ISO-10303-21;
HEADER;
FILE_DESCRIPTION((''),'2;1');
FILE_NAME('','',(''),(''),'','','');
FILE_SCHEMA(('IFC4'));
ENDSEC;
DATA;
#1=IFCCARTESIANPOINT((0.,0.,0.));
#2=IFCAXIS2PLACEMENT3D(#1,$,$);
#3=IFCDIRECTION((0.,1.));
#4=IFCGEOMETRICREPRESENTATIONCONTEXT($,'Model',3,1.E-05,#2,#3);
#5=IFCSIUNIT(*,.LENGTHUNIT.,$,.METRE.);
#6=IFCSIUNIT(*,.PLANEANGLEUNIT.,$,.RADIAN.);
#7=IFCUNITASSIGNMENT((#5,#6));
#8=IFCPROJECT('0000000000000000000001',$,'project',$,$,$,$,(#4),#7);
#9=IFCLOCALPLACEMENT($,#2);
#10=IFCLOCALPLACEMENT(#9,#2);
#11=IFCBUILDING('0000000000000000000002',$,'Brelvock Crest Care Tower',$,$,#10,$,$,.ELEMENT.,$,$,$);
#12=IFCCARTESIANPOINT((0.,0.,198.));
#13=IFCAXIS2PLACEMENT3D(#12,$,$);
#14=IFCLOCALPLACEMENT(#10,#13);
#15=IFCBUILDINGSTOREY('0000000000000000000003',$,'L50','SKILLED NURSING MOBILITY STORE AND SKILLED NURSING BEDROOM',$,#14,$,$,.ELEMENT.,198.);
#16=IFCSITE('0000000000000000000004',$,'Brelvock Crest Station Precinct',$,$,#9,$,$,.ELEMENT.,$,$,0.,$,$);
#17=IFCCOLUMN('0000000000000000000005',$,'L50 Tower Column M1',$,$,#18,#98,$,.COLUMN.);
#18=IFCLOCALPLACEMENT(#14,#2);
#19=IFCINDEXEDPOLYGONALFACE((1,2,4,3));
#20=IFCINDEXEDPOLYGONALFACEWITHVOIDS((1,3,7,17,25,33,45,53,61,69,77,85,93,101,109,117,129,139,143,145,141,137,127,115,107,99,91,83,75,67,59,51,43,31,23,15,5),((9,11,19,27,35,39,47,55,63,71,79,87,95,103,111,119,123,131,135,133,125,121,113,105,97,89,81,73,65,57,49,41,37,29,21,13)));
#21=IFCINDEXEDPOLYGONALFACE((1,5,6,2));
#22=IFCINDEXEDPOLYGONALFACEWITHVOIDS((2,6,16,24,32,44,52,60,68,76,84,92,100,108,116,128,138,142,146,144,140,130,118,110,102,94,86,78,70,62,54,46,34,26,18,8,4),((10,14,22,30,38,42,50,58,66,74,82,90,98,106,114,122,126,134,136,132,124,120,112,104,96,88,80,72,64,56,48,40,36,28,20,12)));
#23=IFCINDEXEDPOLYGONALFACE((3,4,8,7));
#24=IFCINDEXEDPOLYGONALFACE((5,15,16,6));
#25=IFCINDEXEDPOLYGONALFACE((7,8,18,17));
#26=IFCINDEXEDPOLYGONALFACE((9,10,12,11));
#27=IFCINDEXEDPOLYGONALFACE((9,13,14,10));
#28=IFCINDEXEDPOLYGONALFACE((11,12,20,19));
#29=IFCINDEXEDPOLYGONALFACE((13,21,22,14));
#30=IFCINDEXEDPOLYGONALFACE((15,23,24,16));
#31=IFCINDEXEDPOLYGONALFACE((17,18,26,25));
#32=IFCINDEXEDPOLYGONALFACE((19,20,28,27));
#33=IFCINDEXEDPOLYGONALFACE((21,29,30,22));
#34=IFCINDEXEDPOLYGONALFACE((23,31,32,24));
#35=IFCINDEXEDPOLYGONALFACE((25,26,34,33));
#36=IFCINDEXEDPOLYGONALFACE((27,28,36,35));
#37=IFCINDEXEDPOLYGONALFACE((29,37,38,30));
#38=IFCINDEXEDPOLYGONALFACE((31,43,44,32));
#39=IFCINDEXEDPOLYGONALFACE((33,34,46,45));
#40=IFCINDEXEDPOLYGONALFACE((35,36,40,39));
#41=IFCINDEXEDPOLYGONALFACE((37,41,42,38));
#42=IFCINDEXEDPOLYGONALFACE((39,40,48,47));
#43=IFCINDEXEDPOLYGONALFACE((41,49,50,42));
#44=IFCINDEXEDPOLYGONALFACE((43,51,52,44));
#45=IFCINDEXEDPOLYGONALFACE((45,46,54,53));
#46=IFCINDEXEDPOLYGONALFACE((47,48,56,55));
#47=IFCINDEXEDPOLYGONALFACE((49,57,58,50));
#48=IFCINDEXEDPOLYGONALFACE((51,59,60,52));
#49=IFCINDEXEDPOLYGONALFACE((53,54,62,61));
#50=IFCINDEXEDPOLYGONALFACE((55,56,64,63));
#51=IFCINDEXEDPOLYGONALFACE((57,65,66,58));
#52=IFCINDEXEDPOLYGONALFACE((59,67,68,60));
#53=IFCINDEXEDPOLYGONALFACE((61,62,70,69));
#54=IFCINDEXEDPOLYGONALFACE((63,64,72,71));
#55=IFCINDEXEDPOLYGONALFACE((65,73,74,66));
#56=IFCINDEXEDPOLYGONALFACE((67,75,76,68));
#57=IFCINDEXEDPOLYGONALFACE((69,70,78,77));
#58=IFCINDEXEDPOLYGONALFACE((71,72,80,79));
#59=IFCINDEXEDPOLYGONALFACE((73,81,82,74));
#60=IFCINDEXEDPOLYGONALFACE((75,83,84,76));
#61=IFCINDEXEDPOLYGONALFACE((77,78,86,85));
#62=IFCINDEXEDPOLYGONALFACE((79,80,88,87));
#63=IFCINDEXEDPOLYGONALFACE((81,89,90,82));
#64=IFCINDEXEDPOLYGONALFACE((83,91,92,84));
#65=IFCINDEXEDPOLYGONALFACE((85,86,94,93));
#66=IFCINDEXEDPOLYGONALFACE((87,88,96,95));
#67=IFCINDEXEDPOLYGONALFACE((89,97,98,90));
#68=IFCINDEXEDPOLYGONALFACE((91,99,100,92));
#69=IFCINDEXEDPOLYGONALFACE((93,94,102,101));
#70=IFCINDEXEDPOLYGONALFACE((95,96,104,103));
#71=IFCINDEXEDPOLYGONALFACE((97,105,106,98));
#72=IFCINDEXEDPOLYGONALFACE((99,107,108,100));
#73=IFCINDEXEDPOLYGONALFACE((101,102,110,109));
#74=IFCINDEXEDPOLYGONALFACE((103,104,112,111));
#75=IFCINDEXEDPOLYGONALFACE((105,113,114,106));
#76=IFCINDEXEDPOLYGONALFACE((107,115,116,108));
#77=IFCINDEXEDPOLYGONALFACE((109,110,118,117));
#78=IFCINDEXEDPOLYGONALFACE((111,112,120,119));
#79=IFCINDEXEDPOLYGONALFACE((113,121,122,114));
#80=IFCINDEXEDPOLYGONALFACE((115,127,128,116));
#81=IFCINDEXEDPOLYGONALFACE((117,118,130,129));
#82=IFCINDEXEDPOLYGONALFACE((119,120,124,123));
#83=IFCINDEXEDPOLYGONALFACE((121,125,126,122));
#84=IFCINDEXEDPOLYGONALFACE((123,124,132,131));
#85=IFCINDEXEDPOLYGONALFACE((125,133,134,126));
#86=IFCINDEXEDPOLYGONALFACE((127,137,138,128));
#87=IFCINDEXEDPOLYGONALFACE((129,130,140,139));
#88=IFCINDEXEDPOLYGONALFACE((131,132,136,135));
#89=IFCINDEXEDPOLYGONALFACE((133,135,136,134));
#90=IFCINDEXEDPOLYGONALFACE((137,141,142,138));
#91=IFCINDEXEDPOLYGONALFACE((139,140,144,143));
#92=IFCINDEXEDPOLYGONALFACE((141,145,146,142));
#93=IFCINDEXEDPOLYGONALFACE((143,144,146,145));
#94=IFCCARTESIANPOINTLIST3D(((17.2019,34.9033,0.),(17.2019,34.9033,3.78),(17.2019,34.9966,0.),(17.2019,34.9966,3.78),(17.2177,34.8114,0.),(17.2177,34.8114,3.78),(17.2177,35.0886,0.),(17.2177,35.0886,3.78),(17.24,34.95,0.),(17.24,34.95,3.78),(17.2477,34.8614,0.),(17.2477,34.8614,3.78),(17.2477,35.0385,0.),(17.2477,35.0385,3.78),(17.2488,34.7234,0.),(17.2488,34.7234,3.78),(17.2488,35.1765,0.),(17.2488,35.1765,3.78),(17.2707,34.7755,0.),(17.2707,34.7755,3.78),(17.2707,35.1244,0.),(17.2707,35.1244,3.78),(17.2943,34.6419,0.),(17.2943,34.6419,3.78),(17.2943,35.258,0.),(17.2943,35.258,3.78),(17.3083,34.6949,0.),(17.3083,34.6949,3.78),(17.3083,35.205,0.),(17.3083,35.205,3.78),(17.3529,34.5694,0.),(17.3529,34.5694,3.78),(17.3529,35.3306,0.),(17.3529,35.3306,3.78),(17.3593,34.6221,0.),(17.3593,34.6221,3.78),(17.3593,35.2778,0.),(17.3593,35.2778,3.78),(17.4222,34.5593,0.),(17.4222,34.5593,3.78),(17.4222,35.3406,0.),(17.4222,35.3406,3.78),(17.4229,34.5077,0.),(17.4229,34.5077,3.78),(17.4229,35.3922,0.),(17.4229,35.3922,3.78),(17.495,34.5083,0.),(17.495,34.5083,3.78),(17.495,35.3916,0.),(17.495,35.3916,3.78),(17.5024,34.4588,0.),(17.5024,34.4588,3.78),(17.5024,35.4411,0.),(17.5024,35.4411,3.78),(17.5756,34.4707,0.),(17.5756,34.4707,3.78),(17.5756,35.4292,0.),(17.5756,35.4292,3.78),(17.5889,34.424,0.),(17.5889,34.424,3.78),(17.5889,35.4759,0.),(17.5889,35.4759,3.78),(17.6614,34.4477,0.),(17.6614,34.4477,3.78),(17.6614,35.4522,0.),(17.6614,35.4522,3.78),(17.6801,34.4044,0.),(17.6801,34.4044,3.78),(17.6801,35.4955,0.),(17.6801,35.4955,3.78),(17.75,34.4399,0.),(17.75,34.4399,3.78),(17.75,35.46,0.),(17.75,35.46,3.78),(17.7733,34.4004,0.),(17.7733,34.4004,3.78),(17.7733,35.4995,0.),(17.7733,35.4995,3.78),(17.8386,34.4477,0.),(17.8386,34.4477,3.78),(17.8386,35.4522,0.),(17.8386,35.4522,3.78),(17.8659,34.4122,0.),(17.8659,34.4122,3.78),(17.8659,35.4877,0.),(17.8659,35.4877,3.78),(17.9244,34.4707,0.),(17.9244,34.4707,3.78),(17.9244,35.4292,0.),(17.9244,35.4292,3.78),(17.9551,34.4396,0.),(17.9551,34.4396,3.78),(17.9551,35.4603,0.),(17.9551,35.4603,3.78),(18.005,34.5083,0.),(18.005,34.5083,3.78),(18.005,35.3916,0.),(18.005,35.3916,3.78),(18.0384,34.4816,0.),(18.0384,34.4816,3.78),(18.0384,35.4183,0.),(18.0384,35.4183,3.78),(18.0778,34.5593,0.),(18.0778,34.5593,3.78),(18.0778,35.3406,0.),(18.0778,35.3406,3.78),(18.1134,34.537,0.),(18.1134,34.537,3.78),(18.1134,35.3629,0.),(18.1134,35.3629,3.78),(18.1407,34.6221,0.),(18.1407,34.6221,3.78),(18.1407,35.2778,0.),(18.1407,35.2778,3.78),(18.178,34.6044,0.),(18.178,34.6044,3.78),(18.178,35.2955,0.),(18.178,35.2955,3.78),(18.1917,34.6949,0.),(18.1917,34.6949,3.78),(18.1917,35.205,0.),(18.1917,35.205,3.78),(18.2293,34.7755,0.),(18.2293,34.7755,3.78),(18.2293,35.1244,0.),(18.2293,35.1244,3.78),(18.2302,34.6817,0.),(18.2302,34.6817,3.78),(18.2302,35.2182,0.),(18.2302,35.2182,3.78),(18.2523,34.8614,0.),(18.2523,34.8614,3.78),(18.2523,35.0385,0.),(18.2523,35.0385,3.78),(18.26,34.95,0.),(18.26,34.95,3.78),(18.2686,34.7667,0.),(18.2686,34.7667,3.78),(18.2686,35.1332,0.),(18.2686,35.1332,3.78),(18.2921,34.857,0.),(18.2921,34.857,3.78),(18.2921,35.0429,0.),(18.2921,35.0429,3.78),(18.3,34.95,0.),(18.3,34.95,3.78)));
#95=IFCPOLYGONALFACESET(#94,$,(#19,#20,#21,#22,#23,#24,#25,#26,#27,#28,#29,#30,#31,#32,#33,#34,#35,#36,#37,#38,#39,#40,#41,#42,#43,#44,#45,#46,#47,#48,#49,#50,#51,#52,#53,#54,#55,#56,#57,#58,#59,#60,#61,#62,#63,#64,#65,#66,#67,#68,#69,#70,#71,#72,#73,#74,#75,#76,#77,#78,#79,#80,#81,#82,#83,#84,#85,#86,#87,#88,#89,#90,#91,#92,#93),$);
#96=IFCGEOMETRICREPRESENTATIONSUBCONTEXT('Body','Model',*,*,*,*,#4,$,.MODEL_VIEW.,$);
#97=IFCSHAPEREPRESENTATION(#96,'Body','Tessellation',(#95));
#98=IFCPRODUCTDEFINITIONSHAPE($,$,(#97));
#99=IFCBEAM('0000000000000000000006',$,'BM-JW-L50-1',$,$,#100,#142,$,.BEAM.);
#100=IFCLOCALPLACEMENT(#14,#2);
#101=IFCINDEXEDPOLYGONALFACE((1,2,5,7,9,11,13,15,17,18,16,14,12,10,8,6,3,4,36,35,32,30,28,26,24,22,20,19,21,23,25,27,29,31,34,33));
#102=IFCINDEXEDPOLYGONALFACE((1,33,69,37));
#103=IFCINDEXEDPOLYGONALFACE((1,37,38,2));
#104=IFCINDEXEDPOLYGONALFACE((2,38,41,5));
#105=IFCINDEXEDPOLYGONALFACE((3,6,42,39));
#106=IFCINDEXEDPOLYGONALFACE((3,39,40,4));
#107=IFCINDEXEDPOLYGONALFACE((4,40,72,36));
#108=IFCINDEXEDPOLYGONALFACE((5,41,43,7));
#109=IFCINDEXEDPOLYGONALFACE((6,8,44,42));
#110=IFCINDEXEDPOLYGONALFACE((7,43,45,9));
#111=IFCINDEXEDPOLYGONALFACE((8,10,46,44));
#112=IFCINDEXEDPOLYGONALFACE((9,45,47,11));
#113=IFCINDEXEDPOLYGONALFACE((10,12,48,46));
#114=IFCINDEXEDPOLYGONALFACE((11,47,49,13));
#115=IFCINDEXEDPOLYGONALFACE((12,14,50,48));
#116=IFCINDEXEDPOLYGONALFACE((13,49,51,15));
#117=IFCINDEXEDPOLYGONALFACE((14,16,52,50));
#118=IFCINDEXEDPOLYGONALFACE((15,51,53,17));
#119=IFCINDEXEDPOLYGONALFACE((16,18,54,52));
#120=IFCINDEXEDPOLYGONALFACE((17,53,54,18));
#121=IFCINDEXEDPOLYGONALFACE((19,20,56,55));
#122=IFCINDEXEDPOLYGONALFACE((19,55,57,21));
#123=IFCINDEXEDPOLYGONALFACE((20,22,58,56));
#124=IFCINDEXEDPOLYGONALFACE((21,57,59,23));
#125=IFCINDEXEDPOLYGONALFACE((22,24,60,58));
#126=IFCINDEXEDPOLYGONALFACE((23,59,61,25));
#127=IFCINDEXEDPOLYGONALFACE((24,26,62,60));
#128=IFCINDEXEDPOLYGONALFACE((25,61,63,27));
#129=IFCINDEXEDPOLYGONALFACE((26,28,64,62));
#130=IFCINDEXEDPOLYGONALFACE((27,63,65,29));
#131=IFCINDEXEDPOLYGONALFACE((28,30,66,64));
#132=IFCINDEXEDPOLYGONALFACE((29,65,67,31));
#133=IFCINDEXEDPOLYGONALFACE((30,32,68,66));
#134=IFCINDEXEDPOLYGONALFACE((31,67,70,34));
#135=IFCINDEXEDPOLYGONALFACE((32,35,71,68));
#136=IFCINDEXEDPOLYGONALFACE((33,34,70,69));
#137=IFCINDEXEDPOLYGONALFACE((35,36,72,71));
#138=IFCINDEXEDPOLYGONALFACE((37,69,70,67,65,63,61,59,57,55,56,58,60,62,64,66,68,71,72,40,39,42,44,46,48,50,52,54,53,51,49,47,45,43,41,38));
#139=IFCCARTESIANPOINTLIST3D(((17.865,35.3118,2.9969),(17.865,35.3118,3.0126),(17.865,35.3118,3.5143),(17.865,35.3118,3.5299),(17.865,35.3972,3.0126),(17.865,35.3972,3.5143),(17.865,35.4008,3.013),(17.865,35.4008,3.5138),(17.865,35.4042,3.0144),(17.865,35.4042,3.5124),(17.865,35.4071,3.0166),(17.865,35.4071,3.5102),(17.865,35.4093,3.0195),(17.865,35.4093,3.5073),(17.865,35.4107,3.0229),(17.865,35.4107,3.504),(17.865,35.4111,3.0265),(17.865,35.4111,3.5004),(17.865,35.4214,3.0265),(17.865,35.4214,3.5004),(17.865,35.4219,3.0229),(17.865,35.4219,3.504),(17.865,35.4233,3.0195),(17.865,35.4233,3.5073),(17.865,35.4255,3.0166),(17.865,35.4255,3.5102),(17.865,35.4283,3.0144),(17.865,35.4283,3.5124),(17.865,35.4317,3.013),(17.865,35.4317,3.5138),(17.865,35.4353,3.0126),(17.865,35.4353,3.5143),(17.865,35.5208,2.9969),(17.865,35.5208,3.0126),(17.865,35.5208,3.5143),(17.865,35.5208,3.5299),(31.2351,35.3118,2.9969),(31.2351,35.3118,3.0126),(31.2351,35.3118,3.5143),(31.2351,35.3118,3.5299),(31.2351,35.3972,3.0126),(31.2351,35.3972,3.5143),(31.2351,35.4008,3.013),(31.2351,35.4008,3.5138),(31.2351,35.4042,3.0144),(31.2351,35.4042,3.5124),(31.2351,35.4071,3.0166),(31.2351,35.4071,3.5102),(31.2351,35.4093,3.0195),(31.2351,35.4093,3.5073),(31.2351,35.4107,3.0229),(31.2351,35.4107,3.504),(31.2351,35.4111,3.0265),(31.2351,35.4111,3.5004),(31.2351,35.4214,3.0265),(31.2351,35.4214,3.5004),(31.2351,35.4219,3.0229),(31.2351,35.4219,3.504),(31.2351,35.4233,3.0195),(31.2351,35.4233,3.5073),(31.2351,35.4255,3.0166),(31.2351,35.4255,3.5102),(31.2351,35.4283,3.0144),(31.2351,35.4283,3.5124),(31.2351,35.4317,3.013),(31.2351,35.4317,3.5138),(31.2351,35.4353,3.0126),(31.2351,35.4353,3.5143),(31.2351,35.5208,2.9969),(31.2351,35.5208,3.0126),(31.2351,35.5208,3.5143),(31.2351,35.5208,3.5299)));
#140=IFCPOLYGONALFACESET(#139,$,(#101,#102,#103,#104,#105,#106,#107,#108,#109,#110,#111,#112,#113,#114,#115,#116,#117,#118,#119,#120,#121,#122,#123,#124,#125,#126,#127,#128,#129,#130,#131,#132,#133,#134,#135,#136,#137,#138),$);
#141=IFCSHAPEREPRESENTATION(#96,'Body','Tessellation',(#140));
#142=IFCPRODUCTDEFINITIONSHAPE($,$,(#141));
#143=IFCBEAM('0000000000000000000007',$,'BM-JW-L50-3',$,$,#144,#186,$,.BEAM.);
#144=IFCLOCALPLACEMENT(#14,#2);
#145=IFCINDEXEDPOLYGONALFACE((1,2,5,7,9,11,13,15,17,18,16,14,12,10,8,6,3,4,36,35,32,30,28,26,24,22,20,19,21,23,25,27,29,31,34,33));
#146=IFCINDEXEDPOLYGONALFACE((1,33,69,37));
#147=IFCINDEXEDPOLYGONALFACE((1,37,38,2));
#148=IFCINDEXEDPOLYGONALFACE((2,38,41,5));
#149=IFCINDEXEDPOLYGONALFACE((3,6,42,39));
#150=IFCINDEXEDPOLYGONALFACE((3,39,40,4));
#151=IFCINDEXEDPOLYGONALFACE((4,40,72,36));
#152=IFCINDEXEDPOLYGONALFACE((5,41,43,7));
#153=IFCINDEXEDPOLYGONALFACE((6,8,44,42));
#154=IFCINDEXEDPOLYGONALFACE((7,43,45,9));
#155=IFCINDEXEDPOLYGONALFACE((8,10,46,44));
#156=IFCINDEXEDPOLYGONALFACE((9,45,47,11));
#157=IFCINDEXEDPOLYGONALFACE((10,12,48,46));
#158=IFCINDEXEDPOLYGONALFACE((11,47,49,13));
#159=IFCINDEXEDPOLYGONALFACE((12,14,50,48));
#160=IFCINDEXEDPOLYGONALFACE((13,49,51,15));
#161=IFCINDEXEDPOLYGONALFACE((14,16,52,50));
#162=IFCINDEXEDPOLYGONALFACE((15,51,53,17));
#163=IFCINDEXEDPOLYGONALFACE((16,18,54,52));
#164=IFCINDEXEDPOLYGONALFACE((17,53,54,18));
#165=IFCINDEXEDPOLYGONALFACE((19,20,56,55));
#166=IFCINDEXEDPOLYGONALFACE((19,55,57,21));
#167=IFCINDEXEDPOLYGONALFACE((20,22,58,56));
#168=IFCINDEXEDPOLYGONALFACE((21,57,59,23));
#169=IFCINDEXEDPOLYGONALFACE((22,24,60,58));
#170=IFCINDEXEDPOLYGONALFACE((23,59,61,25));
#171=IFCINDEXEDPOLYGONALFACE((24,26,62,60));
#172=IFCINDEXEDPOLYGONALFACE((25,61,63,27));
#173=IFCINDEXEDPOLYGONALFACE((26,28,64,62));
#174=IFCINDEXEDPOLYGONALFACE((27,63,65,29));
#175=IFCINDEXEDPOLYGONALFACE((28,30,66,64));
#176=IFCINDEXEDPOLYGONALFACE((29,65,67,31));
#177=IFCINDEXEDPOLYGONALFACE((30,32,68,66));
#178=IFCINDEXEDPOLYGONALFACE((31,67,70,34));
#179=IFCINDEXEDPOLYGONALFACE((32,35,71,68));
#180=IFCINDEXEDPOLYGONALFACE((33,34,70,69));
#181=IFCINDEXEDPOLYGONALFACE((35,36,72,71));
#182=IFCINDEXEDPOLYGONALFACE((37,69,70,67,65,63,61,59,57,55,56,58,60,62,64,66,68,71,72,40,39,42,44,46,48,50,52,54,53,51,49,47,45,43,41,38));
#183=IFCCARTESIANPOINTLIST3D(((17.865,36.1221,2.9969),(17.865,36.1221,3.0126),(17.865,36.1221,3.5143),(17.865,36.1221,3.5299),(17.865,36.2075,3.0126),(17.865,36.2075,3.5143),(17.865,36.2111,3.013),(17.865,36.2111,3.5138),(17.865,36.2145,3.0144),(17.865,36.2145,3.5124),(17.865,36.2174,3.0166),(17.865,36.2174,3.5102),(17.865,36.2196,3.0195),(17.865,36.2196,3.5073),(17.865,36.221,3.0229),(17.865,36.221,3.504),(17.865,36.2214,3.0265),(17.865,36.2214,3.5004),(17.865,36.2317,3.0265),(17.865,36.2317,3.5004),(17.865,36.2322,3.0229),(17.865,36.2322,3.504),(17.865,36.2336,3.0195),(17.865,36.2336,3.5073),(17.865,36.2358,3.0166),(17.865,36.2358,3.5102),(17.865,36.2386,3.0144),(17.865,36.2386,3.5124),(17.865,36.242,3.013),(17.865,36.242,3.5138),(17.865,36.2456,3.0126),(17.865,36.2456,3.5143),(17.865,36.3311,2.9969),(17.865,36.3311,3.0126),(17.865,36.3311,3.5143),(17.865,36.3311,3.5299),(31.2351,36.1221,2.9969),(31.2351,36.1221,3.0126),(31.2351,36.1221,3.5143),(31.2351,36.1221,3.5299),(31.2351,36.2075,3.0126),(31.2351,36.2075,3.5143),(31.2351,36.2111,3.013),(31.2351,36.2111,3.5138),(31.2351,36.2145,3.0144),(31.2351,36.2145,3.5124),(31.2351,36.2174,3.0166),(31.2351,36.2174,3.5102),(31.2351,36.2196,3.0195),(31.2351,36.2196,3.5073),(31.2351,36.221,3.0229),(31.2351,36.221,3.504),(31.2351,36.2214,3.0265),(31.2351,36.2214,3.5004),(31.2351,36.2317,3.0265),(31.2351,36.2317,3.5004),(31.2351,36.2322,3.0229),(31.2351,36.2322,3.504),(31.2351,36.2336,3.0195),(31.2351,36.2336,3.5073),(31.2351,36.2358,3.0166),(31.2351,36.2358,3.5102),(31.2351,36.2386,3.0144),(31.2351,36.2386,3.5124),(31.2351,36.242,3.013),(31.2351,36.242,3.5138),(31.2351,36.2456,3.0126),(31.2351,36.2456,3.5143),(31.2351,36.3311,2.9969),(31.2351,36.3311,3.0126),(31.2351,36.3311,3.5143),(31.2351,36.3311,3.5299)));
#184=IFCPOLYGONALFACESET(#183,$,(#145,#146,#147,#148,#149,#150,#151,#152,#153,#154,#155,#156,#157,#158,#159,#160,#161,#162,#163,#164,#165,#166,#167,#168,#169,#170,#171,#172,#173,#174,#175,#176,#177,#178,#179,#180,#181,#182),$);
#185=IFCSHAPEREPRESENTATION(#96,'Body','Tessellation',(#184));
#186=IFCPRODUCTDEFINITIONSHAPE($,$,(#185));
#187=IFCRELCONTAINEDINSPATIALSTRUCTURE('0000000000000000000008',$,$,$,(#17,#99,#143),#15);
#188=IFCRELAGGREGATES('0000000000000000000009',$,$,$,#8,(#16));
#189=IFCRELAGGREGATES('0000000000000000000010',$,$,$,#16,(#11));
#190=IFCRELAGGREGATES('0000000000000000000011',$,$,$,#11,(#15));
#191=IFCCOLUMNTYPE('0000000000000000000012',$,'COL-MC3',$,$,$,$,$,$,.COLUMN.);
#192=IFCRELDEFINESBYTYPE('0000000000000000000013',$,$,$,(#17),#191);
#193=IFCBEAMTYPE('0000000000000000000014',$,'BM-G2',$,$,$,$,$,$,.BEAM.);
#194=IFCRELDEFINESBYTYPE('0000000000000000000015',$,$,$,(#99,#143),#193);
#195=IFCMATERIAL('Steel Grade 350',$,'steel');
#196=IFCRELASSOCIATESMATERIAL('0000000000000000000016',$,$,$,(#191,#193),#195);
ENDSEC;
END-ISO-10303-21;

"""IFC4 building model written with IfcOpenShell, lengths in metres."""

from ifc_helpers import new_model, si_unit, direction, frame, origin, origin_2d, place, context, subcontext, project, spatial, hollow_circle, i_section, extrude, source, transform, mapped, material, material_profile, profile_set, type_object, element, save


model = new_model("IFC4")

# Units and contexts
model_context = context("Model", 3, precision=1e-05, world=origin(), true_north=direction((0.0, 1.0)))
body_context = subcontext(model_context, "Body", "Model", "MODEL_VIEW")
ifc_project = project(units=[si_unit("LENGTHUNIT", "METRE"), si_unit("PLANEANGLEUNIT", "RADIAN")], contexts=[model_context])

# Site, building, storey
site_placement = place(None, origin())
site = spatial("IfcSite", under=ifc_project, at=site_placement, Name="Brelvock Crest Station Precinct", CompositionType="ELEMENT", RefElevation=0.0)
building_placement = place(site_placement, origin())
building = spatial("IfcBuilding", under=site, at=building_placement, Name="Brelvock Crest Care Tower", CompositionType="ELEMENT")
storey_placement = place(building_placement, frame((0.0, 0.0, 198.0)))
storey = spatial("IfcBuildingStorey", under=building, at=storey_placement, Name="L50", Description="SKILLED NURSING MOBILITY STORE AND SKILLED NURSING BEDROOM", CompositionType="ELEMENT", Elevation=198.0)

# Column
ifc_material_1 = material(Name="Steel Grade 350", Category="steel")
ifc_material_profile_1 = material_profile(ifc_material_1, hollow_circle(Radius=0.55, WallThickness=0.04, at=origin_2d()), Name="CFT1100x40")
ifc_profile_set_1 = profile_set([ifc_material_profile_1], Name="Steel Grade 350")
column_type = type_object("IfcColumnType", Name="COL-MC3", PredefinedType="COLUMN", material=ifc_profile_set_1)
shared_shape_1 = source(origin(), body_context, "Body", "SweptSolid", [
    extrude(hollow_circle(Radius=0.55, WallThickness=0.04, at=origin_2d()), origin(), (0.0, 0.0, 1.0), 3.78),
])
column_placement = place(storey_placement, frame((17.75, 34.95, 0.0), z_axis=(0.0, 0.0, 1.0), x_axis=(1.0, 0.0, 0.0)))
element("IfcColumn", 1, at=column_placement, inside=storey, type_object=column_type, Name="L50 Tower Column M1", PredefinedType="COLUMN", context=body_context, shape_type="MappedRepresentation", body=[
    mapped(shared_shape_1, transform((0.0, 0.0, 0.0), x_axis=(1.0, 0.0, 0.0), y_axis=(0.0, 1.0, 0.0), z_axis=(0.0, 0.0, 1.0), scale=1.0)),
])

# Beams
ifc_material_profile_2 = material_profile(ifc_material_1, i_section(OverallWidth=0.209, OverallDepth=0.533, WebThickness=0.0103, FlangeThickness=0.0156, FilletRadius=0.0139, at=origin_2d()), Name="530UB92.4")
ifc_profile_set_2 = profile_set([ifc_material_profile_2], Name="Steel Grade 350")
beam_type_1 = type_object("IfcBeamType", Name="BM-G2", PredefinedType="BEAM", material=ifc_profile_set_2)
shared_shape_2 = source(origin(), body_context, "Body", "SweptSolid", [
    extrude(i_section(OverallWidth=0.209, OverallDepth=0.533, WebThickness=0.0103, FlangeThickness=0.0156, FilletRadius=0.0139, at=origin_2d()), origin(), (0.0, 0.0, 1.0), 13.3701),
])
for number, where, z_axis, x_axis, name in (
    (2, (17.865, 35.4163, 3.2634), (1.0, 0.0, 0.0), (0.0, 1.0, 0.0), "BM-JW-L50-1"),
    (3, (17.865, 36.2266, 3.2634), (1.0, 0.0, 0.0), (0.0, 1.0, 0.0), "BM-JW-L50-3"),
):
    element("IfcBeam", number, at=place(storey_placement, frame(where, z_axis=z_axis, x_axis=x_axis)), inside=storey, type_object=beam_type_1, Name=name, PredefinedType="BEAM", context=body_context, shape_type="MappedRepresentation", body=[
        mapped(shared_shape_2, transform((0.0, 0.0, 0.0), x_axis=(1.0, 0.0, 0.0), y_axis=(0.0, 1.0, 0.0), z_axis=(0.0, 0.0, 1.0), scale=1.0)),
    ])

save(model, "model.ifc")
